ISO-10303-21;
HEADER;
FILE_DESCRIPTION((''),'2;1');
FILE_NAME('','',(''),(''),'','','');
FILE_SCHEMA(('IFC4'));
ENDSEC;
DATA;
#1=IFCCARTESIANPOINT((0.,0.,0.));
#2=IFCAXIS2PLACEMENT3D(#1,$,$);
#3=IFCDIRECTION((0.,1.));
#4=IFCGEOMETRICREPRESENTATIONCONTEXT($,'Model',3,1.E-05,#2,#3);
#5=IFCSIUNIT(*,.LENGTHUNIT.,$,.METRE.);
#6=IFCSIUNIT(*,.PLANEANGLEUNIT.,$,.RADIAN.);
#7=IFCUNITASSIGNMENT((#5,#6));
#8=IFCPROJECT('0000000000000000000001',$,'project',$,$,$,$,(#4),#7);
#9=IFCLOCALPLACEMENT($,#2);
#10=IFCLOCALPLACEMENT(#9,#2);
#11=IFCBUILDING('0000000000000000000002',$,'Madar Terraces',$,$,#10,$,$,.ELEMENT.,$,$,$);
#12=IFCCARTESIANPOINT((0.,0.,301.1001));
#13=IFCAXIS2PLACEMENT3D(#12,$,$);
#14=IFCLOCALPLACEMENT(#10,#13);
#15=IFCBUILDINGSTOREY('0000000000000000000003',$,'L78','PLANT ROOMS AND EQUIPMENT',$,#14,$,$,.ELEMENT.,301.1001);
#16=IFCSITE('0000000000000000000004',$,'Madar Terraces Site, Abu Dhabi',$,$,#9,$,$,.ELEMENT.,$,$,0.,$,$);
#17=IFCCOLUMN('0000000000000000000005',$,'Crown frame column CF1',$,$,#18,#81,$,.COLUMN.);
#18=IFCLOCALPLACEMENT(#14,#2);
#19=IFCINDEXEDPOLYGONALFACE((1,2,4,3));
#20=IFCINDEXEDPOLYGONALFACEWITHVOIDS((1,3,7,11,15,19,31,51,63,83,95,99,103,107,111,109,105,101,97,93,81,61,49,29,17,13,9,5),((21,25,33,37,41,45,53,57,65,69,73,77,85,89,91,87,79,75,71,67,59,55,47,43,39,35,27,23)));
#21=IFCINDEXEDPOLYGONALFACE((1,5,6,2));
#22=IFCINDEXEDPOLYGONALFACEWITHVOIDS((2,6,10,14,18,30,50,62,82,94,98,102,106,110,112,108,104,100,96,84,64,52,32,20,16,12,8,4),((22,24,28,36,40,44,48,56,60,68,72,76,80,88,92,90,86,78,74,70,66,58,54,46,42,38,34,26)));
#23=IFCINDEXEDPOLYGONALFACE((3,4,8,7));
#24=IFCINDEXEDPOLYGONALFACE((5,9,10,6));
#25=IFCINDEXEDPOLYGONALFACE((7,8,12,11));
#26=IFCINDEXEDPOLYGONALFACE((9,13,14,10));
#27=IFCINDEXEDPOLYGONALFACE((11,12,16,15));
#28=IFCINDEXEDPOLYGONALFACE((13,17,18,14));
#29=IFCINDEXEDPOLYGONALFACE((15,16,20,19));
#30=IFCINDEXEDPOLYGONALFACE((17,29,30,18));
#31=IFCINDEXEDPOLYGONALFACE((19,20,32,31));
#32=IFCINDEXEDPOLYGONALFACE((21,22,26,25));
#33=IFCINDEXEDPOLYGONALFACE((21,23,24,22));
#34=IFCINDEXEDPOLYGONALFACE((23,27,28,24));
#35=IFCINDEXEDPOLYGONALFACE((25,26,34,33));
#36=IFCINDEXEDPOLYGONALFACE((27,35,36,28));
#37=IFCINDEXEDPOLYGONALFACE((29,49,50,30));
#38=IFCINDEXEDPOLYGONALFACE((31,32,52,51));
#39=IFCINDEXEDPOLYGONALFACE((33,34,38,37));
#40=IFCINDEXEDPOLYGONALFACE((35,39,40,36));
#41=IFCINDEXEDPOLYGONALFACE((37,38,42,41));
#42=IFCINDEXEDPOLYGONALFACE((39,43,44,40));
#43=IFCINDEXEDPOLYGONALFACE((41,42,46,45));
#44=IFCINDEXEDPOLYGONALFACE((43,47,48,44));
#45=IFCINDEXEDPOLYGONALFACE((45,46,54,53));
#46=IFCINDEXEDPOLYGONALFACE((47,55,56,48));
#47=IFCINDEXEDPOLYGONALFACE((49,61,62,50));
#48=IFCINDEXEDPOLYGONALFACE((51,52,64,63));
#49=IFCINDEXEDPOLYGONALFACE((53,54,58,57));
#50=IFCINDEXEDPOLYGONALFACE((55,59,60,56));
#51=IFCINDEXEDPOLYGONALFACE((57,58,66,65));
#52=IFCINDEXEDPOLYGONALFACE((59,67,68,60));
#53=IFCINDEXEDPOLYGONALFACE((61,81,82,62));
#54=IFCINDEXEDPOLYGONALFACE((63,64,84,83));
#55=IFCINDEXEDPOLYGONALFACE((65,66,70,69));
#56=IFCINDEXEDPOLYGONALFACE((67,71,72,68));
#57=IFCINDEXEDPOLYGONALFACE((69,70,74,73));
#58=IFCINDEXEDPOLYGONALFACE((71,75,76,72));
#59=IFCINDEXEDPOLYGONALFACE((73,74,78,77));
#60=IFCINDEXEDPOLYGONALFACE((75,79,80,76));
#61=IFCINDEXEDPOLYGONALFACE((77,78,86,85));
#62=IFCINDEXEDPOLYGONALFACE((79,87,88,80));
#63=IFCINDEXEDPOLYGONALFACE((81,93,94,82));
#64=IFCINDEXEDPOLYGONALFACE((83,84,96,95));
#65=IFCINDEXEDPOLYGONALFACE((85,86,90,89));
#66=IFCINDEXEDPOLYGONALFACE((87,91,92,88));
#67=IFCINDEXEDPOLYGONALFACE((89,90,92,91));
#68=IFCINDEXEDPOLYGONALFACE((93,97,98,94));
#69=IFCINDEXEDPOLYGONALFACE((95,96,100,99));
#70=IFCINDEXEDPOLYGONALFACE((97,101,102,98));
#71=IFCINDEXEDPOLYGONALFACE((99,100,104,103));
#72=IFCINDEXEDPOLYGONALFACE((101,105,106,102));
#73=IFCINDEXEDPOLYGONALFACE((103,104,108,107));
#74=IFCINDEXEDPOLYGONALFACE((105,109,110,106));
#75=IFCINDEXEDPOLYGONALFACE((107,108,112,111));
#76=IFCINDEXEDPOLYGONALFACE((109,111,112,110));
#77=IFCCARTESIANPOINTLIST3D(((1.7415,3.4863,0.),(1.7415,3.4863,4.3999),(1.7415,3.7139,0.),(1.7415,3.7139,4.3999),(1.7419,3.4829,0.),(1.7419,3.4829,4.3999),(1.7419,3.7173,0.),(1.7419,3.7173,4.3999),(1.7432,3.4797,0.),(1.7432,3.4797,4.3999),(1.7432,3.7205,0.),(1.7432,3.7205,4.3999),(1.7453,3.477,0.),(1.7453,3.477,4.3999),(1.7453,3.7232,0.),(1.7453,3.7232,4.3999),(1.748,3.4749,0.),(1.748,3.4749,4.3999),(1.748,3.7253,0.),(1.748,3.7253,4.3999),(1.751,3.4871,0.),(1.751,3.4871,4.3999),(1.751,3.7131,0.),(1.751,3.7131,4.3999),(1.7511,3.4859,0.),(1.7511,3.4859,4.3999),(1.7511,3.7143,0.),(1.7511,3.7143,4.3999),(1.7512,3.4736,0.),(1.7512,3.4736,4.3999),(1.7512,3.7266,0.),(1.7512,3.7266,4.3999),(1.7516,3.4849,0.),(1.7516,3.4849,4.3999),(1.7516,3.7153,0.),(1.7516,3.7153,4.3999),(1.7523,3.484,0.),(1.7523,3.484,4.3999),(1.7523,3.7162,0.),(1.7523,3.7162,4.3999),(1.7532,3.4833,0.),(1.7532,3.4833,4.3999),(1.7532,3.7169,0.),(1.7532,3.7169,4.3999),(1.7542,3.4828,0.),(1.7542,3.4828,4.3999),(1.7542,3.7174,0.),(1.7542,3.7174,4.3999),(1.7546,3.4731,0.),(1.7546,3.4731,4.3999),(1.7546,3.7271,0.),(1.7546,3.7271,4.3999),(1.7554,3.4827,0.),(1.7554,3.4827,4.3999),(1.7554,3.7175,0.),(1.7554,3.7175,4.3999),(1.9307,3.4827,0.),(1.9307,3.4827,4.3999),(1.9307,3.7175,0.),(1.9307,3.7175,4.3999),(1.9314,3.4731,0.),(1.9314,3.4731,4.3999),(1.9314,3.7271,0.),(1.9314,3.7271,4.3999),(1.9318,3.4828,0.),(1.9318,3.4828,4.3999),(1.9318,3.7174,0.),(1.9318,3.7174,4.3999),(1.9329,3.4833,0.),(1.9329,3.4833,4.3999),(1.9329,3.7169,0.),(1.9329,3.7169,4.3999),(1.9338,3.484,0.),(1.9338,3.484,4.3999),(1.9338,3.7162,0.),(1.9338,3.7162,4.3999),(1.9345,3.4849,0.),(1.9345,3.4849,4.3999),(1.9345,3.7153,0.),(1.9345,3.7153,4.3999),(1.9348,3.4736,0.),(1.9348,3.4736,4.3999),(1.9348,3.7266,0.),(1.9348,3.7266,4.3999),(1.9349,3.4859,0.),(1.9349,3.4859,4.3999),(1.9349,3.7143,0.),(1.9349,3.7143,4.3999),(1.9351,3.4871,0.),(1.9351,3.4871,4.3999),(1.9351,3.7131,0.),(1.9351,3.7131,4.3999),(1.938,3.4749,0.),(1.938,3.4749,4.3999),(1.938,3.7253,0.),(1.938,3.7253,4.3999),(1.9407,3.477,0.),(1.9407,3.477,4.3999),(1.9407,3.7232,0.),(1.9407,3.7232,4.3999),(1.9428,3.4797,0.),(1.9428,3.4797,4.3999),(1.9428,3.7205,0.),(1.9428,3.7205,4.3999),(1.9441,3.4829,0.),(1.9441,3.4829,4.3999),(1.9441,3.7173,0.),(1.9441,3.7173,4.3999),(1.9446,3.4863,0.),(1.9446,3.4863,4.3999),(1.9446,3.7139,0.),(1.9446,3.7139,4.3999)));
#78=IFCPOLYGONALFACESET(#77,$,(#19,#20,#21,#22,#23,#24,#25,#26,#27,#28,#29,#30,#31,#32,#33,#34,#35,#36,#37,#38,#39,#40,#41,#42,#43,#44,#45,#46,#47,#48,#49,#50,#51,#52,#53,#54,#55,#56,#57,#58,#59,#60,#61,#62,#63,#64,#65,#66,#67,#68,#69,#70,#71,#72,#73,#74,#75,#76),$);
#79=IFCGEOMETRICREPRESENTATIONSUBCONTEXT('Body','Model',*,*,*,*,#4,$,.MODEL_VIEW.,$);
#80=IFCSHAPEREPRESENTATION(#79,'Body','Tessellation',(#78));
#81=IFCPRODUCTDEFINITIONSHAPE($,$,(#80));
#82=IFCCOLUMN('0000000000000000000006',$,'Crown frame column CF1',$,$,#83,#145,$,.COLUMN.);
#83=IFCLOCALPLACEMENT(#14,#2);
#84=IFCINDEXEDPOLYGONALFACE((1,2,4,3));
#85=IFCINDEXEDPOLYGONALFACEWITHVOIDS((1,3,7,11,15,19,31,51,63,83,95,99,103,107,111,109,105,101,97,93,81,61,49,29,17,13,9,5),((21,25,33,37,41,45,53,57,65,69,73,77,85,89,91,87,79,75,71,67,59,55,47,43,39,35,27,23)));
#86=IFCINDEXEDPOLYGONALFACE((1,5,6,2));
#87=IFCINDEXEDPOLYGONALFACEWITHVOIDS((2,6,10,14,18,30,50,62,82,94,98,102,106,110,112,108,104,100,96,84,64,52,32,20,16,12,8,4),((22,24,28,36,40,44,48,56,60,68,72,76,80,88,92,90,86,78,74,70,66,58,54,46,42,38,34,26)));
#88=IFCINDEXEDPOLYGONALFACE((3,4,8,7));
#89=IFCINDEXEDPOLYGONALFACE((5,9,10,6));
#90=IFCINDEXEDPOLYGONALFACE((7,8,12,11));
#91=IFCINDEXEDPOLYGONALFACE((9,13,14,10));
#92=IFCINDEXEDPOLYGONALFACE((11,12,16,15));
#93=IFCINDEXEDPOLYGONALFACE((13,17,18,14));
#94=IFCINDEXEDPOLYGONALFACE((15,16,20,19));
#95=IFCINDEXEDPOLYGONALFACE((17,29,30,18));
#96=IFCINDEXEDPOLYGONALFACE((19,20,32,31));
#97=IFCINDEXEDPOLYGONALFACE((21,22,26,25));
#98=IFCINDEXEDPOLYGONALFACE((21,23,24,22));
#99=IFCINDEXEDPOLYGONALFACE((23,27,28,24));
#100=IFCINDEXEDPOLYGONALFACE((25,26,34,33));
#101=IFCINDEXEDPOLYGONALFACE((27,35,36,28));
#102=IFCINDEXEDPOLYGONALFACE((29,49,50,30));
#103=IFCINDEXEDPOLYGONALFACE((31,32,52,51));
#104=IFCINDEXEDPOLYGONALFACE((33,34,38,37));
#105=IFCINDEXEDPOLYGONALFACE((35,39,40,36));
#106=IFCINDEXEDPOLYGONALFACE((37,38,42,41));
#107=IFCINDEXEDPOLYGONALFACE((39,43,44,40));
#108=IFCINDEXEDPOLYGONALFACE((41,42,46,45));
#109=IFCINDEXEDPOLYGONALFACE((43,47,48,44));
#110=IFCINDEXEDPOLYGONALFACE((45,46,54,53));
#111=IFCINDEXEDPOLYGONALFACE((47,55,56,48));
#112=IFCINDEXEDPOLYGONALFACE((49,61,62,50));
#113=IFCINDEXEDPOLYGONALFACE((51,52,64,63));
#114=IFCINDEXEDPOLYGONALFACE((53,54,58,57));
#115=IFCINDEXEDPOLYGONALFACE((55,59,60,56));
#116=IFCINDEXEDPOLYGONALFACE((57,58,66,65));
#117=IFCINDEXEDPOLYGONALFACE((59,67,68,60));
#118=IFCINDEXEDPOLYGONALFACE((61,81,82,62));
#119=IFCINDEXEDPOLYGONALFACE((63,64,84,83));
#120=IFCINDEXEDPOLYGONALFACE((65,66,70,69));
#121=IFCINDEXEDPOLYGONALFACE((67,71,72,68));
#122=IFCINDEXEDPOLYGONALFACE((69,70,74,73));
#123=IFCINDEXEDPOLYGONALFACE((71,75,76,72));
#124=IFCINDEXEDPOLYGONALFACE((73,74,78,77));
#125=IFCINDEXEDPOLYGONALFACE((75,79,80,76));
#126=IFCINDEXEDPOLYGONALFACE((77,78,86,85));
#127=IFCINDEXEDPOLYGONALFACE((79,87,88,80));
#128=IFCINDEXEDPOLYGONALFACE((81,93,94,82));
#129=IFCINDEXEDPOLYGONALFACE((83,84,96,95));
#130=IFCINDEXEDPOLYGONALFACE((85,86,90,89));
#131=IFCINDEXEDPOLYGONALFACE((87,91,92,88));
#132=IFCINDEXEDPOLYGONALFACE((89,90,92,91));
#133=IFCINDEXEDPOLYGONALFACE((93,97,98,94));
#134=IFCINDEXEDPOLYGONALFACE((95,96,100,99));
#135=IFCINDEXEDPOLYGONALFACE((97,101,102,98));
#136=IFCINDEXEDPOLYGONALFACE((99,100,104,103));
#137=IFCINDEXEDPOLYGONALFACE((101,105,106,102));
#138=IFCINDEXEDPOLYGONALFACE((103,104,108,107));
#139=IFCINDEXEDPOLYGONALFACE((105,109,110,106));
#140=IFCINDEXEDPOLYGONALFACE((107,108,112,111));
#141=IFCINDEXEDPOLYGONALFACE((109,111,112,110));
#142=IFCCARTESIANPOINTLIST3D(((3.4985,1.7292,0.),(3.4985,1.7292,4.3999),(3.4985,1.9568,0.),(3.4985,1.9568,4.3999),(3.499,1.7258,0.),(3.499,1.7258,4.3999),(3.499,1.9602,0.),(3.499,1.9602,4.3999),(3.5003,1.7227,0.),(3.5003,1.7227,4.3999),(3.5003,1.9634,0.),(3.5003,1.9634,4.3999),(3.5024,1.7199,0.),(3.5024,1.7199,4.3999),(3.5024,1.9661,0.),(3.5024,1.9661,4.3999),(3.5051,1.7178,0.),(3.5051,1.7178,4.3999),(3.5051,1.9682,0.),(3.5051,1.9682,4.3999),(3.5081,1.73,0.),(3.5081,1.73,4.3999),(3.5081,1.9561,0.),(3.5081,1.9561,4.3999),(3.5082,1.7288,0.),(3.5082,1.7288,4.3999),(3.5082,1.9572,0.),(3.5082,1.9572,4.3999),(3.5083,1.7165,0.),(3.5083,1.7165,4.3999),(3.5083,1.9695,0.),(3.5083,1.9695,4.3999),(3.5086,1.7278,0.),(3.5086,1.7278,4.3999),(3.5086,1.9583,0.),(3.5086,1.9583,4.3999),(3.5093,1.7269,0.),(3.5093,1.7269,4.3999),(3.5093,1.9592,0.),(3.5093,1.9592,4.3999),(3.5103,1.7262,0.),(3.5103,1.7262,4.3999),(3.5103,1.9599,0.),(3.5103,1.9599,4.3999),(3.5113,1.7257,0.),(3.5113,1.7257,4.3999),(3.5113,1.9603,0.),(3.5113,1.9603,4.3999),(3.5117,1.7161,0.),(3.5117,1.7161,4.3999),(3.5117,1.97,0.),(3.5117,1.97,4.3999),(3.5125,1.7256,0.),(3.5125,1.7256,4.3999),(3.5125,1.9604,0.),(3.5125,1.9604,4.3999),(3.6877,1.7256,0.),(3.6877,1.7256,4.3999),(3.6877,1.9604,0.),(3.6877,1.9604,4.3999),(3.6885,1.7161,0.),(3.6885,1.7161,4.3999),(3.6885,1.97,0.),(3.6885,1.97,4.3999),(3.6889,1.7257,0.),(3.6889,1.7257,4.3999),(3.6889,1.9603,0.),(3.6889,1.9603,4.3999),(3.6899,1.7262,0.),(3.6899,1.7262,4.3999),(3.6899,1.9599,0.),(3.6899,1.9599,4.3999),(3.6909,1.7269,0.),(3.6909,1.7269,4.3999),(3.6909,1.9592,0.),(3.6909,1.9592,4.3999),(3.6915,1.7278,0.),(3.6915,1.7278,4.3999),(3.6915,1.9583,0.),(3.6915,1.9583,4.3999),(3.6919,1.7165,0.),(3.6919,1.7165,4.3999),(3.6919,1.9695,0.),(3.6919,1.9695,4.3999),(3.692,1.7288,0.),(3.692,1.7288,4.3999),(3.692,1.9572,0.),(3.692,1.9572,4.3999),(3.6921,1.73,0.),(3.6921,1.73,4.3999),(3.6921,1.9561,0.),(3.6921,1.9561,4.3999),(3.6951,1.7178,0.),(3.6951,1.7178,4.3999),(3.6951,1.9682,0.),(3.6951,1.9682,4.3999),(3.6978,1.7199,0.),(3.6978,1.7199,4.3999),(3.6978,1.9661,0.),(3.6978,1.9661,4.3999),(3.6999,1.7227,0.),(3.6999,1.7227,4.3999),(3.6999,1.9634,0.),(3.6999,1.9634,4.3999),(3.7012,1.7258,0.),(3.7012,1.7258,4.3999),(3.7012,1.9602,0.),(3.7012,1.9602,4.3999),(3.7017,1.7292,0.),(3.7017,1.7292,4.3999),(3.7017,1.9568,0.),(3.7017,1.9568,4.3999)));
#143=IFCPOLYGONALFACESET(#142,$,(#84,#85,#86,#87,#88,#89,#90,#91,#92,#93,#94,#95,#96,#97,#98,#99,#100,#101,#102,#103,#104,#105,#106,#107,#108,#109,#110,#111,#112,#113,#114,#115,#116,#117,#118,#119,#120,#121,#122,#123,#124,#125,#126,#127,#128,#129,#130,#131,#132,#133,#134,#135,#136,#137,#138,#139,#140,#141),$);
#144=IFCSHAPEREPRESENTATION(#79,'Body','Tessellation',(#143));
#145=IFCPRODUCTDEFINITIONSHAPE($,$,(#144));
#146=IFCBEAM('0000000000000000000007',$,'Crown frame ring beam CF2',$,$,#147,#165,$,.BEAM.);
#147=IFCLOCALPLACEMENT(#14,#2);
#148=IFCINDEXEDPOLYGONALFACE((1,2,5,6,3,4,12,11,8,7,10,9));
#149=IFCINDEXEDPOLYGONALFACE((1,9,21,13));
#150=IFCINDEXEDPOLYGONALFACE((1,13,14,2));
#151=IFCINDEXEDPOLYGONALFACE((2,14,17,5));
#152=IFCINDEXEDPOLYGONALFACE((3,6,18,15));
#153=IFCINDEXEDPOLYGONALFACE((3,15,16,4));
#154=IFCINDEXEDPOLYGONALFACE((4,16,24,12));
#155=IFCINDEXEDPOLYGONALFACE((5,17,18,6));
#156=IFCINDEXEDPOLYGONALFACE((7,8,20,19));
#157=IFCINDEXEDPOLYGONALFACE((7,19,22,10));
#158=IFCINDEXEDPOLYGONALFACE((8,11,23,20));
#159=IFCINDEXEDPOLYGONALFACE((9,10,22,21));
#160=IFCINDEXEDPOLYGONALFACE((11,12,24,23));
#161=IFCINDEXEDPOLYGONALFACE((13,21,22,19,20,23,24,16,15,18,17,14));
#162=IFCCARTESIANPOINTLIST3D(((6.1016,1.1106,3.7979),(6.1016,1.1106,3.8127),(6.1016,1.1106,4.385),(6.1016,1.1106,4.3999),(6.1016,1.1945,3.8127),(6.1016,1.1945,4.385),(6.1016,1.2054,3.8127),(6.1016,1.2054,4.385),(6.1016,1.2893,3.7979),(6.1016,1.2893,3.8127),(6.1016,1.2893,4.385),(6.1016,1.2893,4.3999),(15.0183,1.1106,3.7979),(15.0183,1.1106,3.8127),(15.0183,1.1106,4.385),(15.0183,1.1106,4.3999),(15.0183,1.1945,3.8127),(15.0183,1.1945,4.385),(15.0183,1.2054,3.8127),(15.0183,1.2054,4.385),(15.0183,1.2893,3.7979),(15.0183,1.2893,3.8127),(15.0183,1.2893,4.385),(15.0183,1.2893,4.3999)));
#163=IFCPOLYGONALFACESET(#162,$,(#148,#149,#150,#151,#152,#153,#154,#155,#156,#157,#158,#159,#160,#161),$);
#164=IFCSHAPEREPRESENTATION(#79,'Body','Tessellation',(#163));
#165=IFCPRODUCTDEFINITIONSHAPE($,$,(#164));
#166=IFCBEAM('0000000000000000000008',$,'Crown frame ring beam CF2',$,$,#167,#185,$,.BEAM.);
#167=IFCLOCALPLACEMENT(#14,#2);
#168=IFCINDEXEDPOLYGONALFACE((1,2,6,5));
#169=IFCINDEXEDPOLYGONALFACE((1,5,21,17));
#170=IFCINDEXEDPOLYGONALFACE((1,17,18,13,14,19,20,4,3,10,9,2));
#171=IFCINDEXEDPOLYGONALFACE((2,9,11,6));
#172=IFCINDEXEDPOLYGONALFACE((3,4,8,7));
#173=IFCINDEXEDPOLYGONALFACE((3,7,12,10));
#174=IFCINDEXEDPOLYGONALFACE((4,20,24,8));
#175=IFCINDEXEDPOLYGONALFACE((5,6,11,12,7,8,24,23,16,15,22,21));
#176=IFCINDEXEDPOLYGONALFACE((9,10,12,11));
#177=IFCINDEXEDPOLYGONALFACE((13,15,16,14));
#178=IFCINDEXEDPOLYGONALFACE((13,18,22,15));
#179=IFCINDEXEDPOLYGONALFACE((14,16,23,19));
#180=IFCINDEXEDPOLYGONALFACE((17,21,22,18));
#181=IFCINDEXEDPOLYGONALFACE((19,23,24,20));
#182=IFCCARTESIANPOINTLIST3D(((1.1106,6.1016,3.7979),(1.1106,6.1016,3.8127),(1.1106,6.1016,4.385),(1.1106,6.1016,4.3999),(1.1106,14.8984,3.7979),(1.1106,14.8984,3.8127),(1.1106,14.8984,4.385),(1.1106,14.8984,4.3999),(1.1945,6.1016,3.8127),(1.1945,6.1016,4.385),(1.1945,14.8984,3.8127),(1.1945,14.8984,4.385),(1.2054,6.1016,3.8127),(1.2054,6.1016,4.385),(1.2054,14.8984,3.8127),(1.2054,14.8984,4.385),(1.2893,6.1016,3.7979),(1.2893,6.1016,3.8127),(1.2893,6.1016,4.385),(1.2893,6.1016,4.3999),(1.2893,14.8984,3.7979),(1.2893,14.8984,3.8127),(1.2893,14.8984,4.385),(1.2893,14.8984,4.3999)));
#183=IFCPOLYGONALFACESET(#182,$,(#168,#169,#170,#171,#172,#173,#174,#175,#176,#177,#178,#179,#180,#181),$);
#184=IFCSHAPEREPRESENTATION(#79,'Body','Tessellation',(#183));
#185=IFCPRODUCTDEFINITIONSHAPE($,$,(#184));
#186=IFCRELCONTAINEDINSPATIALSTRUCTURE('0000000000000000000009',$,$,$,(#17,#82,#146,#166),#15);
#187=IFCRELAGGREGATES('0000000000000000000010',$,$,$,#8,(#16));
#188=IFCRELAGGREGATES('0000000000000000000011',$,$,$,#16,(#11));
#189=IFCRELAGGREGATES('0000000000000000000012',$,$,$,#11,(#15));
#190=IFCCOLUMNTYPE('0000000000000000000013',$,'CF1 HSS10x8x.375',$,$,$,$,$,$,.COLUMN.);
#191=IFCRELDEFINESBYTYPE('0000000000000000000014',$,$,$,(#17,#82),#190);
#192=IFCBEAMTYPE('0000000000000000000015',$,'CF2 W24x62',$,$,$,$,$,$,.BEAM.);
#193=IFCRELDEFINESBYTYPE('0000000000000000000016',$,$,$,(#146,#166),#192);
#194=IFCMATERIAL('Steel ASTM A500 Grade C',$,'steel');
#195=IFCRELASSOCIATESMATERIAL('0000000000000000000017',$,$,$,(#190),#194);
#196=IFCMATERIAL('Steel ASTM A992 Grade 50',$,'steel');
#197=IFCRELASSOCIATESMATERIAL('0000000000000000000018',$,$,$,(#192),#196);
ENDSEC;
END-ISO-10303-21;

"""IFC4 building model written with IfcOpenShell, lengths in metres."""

from ifc_helpers import new_model, si_unit, direction, frame, origin, origin_2d, place, context, subcontext, project, spatial, hollow_rectangle, i_section, extrude, material, material_profile, profile_set, type_object, element, save


model = new_model("IFC4")

# Units and contexts
model_context = context("Model", 3, precision=1e-05, world=origin(), true_north=direction((0.0, 1.0)))
body_context = subcontext(model_context, "Body", "Model", "MODEL_VIEW")
ifc_project = project(units=[si_unit("LENGTHUNIT", "METRE"), si_unit("PLANEANGLEUNIT", "RADIAN")], contexts=[model_context])

# Site, building, storey
site_placement = place(None, origin())
site = spatial("IfcSite", under=ifc_project, at=site_placement, Name="Madar Terraces Site, Abu Dhabi", CompositionType="ELEMENT", RefElevation=0.0)
building_placement = place(site_placement, origin())
building = spatial("IfcBuilding", under=site, at=building_placement, Name="Madar Terraces", CompositionType="ELEMENT")
storey_placement = place(building_placement, frame((0.0, 0.0, 301.1001)))
storey = spatial("IfcBuildingStorey", under=building, at=storey_placement, Name="L78", Description="PLANT ROOMS AND EQUIPMENT", CompositionType="ELEMENT", Elevation=301.1001)

# Columns
ifc_material_1 = material(Name="Steel ASTM A500 Grade C", Category="steel")
ifc_material_profile_1 = material_profile(ifc_material_1, hollow_rectangle(XDim=0.2031, YDim=0.2539, WallThickness=0.0095, InnerFilletRadius=0.0044, OuterFilletRadius=0.0132, at=origin_2d()), Name="HSS10x8x.375")
ifc_profile_set_1 = profile_set([ifc_material_profile_1], Name="Steel ASTM A500 Grade C")
column_type = type_object("IfcColumnType", Name="CF1 HSS10x8x.375", PredefinedType="COLUMN", material=ifc_profile_set_1)
for number, where, z_axis, x_axis, name in (
    (1, (1.843, 3.6001, 0.0), (0.0, 0.0, 1.0), (1.0, 0.0, 0.0), "Crown frame column CF1"),
    (2, (3.6001, 1.843, 0.0), (0.0, 0.0, 1.0), (1.0, 0.0, 0.0), "Crown frame column CF1"),
):
    element("IfcColumn", number, at=place(storey_placement, frame(where, z_axis=z_axis, x_axis=x_axis)), inside=storey, type_object=column_type, Name=name, PredefinedType="COLUMN", context=body_context, shape_type="SweptSolid", body=[
        extrude(hollow_rectangle(XDim=0.2031, YDim=0.2539, WallThickness=0.0095, InnerFilletRadius=0.0044, OuterFilletRadius=0.0132, at=origin_2d()), origin(), (0.0, 0.0, 1.0), 4.3999),
    ])

# Beams
ifc_material_2 = material(Name="Steel ASTM A992 Grade 50", Category="steel")
ifc_material_profile_2 = material_profile(ifc_material_2, i_section(OverallWidth=0.1787, OverallDepth=0.6021, WebThickness=0.011, FlangeThickness=0.0149, at=origin_2d()), Name="W24x62")
ifc_profile_set_2 = profile_set([ifc_material_profile_2], Name="Steel ASTM A992 Grade 50")
beam_type = type_object("IfcBeamType", Name="CF2 W24x62", PredefinedType="BEAM", material=ifc_profile_set_2)
beam_1_placement = place(storey_placement, frame((6.1016, 1.2, 4.0989), z_axis=(1.0, 0.0, 0.0), x_axis=(0.0, 1.0, 0.0)))
element("IfcBeam", 3, at=beam_1_placement, inside=storey, type_object=beam_type, Name="Crown frame ring beam CF2", PredefinedType="BEAM", context=body_context, shape_type="SweptSolid", body=[
    extrude(i_section(OverallWidth=0.1787, OverallDepth=0.6021, WebThickness=0.011, FlangeThickness=0.0149, at=origin_2d()), origin(), (0.0, 0.0, 1.0), 8.9167),
])
beam_2_placement = place(storey_placement, frame((1.2, 14.8984, 4.0989), z_axis=(0.0, -1.0, 0.0), x_axis=(1.0, 0.0, 0.0)))
element("IfcBeam", 4, at=beam_2_placement, inside=storey, type_object=beam_type, Name="Crown frame ring beam CF2", PredefinedType="BEAM", context=body_context, shape_type="SweptSolid", body=[
    extrude(i_section(OverallWidth=0.1787, OverallDepth=0.6021, WebThickness=0.011, FlangeThickness=0.0149, at=origin_2d()), origin(), (0.0, 0.0, 1.0), 8.7969),
])

save(model, "model.ifc")
